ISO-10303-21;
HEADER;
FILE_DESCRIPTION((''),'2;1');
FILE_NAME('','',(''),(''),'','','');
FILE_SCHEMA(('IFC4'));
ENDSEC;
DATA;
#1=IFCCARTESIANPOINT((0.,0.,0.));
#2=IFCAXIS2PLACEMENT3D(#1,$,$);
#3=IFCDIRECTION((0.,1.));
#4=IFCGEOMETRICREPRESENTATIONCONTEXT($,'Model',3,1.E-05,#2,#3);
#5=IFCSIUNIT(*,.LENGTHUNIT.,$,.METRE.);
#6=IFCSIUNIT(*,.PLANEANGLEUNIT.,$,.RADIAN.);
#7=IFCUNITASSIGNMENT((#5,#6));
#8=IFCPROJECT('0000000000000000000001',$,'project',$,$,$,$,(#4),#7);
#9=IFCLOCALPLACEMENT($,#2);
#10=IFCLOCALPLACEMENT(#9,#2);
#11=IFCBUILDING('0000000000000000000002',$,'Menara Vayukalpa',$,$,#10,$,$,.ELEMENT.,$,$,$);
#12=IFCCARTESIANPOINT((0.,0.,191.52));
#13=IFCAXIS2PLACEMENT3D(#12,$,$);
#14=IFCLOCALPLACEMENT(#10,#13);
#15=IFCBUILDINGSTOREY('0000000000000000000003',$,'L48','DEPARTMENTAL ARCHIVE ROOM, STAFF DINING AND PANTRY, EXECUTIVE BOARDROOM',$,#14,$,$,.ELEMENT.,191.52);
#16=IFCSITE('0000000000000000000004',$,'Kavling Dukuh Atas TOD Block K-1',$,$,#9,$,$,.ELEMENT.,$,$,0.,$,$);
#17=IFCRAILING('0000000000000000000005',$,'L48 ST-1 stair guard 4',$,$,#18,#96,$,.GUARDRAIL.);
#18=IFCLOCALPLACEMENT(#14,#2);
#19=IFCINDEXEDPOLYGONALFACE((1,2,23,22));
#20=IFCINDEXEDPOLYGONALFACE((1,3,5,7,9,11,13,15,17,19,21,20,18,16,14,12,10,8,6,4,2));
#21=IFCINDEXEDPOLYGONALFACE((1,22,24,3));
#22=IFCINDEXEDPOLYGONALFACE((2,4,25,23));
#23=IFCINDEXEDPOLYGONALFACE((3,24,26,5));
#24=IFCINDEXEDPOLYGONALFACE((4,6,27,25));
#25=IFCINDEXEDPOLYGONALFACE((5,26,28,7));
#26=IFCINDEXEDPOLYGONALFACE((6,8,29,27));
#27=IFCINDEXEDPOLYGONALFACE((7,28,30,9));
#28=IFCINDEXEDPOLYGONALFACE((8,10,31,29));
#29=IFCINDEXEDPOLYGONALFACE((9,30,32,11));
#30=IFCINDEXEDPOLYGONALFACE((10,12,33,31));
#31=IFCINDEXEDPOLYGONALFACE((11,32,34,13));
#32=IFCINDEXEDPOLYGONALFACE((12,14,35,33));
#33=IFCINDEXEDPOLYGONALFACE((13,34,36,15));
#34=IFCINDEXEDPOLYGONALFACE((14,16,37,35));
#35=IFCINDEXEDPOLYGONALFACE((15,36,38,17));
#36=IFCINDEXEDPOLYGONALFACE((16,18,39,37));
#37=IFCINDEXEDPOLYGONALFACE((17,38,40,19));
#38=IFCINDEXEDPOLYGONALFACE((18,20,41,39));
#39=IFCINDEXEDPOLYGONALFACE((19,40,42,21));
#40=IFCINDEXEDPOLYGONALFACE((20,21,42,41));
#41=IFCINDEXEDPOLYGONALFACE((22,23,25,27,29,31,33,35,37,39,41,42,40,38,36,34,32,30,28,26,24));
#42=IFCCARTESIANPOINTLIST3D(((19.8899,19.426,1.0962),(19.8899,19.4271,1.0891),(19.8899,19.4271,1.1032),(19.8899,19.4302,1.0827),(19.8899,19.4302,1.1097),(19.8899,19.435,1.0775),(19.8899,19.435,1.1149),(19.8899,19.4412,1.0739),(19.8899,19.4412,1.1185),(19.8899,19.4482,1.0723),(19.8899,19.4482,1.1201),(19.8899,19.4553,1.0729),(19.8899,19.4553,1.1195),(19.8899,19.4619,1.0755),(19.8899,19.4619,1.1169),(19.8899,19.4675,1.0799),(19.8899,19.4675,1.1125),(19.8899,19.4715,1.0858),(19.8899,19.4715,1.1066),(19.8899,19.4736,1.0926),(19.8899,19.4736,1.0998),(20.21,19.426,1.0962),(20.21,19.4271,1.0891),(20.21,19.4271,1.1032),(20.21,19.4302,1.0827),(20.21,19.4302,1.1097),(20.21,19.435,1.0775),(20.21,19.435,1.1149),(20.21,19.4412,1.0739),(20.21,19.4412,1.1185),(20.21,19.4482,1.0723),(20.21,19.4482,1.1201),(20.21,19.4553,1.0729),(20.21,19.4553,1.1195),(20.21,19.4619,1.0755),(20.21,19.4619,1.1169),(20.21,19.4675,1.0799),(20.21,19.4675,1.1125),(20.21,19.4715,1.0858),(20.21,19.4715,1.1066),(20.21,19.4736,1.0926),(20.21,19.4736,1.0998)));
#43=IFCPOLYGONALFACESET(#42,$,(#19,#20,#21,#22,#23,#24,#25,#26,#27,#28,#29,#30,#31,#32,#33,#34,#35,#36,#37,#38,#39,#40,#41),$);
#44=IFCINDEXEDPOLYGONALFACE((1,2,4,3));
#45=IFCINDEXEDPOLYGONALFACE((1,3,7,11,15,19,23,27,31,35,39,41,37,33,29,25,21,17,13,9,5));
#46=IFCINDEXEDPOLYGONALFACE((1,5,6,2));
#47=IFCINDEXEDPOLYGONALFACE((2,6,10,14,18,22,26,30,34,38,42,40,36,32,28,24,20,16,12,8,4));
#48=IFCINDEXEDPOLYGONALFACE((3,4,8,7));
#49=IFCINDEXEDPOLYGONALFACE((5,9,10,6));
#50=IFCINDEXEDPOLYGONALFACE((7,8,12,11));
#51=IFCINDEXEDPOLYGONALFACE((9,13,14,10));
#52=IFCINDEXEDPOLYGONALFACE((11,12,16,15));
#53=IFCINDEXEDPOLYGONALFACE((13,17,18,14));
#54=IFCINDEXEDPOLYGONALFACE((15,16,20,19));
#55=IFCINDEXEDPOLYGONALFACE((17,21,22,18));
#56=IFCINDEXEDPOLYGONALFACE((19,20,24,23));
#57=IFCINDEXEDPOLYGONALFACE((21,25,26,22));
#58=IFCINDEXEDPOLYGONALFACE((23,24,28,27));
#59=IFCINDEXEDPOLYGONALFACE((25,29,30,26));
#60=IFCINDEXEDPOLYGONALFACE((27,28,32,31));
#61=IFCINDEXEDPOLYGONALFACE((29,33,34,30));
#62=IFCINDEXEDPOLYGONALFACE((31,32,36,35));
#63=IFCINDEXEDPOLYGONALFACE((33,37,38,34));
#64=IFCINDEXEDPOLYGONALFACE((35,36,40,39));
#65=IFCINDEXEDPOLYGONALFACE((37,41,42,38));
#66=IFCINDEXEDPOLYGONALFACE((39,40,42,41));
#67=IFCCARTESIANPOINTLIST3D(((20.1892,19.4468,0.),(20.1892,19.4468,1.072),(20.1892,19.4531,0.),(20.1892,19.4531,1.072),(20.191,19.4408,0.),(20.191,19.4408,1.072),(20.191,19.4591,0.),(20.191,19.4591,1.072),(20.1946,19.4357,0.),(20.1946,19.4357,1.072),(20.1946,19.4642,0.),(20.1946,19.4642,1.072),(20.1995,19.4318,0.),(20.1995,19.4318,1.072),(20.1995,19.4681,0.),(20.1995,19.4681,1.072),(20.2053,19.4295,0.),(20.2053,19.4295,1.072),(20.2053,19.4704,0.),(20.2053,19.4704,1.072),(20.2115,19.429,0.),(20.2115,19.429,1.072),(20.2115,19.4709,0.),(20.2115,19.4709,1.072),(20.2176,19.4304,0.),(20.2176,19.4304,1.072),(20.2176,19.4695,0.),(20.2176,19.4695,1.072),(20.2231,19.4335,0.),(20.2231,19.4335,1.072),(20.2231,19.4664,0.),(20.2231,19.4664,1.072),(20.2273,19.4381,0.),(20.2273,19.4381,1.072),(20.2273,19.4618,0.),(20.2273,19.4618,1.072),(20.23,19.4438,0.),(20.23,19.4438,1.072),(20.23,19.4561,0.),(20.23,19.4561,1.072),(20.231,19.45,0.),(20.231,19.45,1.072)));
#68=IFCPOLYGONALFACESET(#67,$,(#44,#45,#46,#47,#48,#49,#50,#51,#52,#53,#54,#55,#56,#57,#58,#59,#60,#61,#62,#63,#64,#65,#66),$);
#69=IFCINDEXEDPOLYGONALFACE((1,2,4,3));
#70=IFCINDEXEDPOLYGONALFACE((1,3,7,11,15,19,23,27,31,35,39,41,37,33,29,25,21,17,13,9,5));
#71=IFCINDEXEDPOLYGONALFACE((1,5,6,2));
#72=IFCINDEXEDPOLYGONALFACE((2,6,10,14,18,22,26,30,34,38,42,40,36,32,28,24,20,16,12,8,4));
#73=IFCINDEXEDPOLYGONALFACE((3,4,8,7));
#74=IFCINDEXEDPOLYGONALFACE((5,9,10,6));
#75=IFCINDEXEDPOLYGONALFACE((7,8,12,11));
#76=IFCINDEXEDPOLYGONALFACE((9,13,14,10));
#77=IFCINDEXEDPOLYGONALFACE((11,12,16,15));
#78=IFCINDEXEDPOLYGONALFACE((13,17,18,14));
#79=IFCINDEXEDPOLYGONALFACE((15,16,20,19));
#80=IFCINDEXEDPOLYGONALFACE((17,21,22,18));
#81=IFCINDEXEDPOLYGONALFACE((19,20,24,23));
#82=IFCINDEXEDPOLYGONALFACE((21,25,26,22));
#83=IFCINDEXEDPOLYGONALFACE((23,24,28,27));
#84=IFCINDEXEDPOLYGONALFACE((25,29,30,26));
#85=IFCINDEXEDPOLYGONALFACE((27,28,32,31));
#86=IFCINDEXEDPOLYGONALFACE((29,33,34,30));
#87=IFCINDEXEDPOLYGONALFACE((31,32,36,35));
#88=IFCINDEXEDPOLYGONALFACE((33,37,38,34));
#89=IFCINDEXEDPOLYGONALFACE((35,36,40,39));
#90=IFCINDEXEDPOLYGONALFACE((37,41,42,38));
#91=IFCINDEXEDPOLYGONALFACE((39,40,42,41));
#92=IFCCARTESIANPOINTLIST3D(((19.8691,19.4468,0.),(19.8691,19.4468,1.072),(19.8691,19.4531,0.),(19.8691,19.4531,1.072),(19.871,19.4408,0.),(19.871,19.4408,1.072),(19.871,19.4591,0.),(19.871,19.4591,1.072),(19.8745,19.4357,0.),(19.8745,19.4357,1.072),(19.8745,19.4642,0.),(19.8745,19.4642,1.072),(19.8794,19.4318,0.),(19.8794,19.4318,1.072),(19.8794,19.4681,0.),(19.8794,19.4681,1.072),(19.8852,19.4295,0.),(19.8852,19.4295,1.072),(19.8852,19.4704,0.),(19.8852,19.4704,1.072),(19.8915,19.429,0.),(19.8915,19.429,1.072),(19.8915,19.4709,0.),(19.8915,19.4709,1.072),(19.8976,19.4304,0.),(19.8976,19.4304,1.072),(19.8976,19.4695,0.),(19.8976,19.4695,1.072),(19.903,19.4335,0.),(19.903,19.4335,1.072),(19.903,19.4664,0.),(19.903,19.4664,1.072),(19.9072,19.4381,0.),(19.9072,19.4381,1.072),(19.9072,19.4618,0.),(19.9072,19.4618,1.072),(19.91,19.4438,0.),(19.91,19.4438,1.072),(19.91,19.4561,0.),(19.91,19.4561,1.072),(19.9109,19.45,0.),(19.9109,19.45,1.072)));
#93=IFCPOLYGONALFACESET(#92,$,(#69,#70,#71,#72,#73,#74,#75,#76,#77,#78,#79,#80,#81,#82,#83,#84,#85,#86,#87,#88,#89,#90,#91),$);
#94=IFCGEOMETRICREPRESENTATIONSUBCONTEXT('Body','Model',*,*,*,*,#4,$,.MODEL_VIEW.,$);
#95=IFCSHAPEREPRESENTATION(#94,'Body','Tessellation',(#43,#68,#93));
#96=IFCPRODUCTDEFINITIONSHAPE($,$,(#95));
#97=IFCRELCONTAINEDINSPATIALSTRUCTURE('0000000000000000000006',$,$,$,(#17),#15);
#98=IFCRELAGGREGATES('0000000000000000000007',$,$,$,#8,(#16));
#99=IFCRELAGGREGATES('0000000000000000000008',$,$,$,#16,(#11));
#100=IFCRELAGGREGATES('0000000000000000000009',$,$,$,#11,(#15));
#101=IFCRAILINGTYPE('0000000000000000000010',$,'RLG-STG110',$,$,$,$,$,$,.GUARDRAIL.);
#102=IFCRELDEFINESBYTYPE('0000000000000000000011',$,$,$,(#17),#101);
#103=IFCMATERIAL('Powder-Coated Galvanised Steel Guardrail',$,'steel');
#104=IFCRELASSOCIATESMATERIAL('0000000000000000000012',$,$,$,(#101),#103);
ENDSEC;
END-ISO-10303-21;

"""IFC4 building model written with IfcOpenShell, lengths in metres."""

from ifc_helpers import new_model, si_unit, direction, frame, origin, origin_2d, place, context, subcontext, project, spatial, circle, extrude, material, type_object, element, save


model = new_model("IFC4")

# Units and contexts
model_context = context("Model", 3, precision=1e-05, world=origin(), true_north=direction((0.0, 1.0)))
body_context = subcontext(model_context, "Body", "Model", "MODEL_VIEW")
ifc_project = project(units=[si_unit("LENGTHUNIT", "METRE"), si_unit("PLANEANGLEUNIT", "RADIAN")], contexts=[model_context])

# Site, building, storey
site_placement = place(None, origin())
site = spatial("IfcSite", under=ifc_project, at=site_placement, Name="Kavling Dukuh Atas TOD Block K-1", CompositionType="ELEMENT", RefElevation=0.0)
building_placement = place(site_placement, origin())
building = spatial("IfcBuilding", under=site, at=building_placement, Name="Menara Vayukalpa", CompositionType="ELEMENT")
storey_placement = place(building_placement, frame((0.0, 0.0, 191.52)))
storey = spatial("IfcBuildingStorey", under=building, at=storey_placement, Name="L48", Description="DEPARTMENTAL ARCHIVE ROOM, STAFF DINING AND PANTRY, EXECUTIVE BOARDROOM", CompositionType="ELEMENT", Elevation=191.52)

# Railing
ifc_material_1 = material(Name="Powder-Coated Galvanised Steel Guardrail", Category="steel")
railing_type_1 = type_object("IfcRailingType", Name="RLG-STG110", PredefinedType="GUARDRAIL", material=ifc_material_1)
railing_1_placement = place(storey_placement, frame((20.21, 19.45, 0.0)))
element("IfcRailing", 1, at=railing_1_placement, inside=storey, type_object=railing_type_1, Name="L48 ST-1 stair guard 4", PredefinedType="GUARDRAIL", context=body_context, shape_type="SweptSolid", body=[
    extrude(circle(Radius=0.0239, at=origin_2d()), frame((0.0, 0.0, 1.0962), z_axis=(-1.0, 0.0, 0.0), x_axis=(0.0, -1.0, 0.0)), (0.0, 0.0, 1.0), 0.3201),
    extrude(circle(Radius=0.021, at=origin_2d()), origin(), (0.0, 0.0, 1.0), 1.072),
    extrude(circle(Radius=0.021, at=origin_2d()), frame((-0.3201, 0.0, 0.0)), (0.0, 0.0, 1.0), 1.072),
])

save(model, "model.ifc")
